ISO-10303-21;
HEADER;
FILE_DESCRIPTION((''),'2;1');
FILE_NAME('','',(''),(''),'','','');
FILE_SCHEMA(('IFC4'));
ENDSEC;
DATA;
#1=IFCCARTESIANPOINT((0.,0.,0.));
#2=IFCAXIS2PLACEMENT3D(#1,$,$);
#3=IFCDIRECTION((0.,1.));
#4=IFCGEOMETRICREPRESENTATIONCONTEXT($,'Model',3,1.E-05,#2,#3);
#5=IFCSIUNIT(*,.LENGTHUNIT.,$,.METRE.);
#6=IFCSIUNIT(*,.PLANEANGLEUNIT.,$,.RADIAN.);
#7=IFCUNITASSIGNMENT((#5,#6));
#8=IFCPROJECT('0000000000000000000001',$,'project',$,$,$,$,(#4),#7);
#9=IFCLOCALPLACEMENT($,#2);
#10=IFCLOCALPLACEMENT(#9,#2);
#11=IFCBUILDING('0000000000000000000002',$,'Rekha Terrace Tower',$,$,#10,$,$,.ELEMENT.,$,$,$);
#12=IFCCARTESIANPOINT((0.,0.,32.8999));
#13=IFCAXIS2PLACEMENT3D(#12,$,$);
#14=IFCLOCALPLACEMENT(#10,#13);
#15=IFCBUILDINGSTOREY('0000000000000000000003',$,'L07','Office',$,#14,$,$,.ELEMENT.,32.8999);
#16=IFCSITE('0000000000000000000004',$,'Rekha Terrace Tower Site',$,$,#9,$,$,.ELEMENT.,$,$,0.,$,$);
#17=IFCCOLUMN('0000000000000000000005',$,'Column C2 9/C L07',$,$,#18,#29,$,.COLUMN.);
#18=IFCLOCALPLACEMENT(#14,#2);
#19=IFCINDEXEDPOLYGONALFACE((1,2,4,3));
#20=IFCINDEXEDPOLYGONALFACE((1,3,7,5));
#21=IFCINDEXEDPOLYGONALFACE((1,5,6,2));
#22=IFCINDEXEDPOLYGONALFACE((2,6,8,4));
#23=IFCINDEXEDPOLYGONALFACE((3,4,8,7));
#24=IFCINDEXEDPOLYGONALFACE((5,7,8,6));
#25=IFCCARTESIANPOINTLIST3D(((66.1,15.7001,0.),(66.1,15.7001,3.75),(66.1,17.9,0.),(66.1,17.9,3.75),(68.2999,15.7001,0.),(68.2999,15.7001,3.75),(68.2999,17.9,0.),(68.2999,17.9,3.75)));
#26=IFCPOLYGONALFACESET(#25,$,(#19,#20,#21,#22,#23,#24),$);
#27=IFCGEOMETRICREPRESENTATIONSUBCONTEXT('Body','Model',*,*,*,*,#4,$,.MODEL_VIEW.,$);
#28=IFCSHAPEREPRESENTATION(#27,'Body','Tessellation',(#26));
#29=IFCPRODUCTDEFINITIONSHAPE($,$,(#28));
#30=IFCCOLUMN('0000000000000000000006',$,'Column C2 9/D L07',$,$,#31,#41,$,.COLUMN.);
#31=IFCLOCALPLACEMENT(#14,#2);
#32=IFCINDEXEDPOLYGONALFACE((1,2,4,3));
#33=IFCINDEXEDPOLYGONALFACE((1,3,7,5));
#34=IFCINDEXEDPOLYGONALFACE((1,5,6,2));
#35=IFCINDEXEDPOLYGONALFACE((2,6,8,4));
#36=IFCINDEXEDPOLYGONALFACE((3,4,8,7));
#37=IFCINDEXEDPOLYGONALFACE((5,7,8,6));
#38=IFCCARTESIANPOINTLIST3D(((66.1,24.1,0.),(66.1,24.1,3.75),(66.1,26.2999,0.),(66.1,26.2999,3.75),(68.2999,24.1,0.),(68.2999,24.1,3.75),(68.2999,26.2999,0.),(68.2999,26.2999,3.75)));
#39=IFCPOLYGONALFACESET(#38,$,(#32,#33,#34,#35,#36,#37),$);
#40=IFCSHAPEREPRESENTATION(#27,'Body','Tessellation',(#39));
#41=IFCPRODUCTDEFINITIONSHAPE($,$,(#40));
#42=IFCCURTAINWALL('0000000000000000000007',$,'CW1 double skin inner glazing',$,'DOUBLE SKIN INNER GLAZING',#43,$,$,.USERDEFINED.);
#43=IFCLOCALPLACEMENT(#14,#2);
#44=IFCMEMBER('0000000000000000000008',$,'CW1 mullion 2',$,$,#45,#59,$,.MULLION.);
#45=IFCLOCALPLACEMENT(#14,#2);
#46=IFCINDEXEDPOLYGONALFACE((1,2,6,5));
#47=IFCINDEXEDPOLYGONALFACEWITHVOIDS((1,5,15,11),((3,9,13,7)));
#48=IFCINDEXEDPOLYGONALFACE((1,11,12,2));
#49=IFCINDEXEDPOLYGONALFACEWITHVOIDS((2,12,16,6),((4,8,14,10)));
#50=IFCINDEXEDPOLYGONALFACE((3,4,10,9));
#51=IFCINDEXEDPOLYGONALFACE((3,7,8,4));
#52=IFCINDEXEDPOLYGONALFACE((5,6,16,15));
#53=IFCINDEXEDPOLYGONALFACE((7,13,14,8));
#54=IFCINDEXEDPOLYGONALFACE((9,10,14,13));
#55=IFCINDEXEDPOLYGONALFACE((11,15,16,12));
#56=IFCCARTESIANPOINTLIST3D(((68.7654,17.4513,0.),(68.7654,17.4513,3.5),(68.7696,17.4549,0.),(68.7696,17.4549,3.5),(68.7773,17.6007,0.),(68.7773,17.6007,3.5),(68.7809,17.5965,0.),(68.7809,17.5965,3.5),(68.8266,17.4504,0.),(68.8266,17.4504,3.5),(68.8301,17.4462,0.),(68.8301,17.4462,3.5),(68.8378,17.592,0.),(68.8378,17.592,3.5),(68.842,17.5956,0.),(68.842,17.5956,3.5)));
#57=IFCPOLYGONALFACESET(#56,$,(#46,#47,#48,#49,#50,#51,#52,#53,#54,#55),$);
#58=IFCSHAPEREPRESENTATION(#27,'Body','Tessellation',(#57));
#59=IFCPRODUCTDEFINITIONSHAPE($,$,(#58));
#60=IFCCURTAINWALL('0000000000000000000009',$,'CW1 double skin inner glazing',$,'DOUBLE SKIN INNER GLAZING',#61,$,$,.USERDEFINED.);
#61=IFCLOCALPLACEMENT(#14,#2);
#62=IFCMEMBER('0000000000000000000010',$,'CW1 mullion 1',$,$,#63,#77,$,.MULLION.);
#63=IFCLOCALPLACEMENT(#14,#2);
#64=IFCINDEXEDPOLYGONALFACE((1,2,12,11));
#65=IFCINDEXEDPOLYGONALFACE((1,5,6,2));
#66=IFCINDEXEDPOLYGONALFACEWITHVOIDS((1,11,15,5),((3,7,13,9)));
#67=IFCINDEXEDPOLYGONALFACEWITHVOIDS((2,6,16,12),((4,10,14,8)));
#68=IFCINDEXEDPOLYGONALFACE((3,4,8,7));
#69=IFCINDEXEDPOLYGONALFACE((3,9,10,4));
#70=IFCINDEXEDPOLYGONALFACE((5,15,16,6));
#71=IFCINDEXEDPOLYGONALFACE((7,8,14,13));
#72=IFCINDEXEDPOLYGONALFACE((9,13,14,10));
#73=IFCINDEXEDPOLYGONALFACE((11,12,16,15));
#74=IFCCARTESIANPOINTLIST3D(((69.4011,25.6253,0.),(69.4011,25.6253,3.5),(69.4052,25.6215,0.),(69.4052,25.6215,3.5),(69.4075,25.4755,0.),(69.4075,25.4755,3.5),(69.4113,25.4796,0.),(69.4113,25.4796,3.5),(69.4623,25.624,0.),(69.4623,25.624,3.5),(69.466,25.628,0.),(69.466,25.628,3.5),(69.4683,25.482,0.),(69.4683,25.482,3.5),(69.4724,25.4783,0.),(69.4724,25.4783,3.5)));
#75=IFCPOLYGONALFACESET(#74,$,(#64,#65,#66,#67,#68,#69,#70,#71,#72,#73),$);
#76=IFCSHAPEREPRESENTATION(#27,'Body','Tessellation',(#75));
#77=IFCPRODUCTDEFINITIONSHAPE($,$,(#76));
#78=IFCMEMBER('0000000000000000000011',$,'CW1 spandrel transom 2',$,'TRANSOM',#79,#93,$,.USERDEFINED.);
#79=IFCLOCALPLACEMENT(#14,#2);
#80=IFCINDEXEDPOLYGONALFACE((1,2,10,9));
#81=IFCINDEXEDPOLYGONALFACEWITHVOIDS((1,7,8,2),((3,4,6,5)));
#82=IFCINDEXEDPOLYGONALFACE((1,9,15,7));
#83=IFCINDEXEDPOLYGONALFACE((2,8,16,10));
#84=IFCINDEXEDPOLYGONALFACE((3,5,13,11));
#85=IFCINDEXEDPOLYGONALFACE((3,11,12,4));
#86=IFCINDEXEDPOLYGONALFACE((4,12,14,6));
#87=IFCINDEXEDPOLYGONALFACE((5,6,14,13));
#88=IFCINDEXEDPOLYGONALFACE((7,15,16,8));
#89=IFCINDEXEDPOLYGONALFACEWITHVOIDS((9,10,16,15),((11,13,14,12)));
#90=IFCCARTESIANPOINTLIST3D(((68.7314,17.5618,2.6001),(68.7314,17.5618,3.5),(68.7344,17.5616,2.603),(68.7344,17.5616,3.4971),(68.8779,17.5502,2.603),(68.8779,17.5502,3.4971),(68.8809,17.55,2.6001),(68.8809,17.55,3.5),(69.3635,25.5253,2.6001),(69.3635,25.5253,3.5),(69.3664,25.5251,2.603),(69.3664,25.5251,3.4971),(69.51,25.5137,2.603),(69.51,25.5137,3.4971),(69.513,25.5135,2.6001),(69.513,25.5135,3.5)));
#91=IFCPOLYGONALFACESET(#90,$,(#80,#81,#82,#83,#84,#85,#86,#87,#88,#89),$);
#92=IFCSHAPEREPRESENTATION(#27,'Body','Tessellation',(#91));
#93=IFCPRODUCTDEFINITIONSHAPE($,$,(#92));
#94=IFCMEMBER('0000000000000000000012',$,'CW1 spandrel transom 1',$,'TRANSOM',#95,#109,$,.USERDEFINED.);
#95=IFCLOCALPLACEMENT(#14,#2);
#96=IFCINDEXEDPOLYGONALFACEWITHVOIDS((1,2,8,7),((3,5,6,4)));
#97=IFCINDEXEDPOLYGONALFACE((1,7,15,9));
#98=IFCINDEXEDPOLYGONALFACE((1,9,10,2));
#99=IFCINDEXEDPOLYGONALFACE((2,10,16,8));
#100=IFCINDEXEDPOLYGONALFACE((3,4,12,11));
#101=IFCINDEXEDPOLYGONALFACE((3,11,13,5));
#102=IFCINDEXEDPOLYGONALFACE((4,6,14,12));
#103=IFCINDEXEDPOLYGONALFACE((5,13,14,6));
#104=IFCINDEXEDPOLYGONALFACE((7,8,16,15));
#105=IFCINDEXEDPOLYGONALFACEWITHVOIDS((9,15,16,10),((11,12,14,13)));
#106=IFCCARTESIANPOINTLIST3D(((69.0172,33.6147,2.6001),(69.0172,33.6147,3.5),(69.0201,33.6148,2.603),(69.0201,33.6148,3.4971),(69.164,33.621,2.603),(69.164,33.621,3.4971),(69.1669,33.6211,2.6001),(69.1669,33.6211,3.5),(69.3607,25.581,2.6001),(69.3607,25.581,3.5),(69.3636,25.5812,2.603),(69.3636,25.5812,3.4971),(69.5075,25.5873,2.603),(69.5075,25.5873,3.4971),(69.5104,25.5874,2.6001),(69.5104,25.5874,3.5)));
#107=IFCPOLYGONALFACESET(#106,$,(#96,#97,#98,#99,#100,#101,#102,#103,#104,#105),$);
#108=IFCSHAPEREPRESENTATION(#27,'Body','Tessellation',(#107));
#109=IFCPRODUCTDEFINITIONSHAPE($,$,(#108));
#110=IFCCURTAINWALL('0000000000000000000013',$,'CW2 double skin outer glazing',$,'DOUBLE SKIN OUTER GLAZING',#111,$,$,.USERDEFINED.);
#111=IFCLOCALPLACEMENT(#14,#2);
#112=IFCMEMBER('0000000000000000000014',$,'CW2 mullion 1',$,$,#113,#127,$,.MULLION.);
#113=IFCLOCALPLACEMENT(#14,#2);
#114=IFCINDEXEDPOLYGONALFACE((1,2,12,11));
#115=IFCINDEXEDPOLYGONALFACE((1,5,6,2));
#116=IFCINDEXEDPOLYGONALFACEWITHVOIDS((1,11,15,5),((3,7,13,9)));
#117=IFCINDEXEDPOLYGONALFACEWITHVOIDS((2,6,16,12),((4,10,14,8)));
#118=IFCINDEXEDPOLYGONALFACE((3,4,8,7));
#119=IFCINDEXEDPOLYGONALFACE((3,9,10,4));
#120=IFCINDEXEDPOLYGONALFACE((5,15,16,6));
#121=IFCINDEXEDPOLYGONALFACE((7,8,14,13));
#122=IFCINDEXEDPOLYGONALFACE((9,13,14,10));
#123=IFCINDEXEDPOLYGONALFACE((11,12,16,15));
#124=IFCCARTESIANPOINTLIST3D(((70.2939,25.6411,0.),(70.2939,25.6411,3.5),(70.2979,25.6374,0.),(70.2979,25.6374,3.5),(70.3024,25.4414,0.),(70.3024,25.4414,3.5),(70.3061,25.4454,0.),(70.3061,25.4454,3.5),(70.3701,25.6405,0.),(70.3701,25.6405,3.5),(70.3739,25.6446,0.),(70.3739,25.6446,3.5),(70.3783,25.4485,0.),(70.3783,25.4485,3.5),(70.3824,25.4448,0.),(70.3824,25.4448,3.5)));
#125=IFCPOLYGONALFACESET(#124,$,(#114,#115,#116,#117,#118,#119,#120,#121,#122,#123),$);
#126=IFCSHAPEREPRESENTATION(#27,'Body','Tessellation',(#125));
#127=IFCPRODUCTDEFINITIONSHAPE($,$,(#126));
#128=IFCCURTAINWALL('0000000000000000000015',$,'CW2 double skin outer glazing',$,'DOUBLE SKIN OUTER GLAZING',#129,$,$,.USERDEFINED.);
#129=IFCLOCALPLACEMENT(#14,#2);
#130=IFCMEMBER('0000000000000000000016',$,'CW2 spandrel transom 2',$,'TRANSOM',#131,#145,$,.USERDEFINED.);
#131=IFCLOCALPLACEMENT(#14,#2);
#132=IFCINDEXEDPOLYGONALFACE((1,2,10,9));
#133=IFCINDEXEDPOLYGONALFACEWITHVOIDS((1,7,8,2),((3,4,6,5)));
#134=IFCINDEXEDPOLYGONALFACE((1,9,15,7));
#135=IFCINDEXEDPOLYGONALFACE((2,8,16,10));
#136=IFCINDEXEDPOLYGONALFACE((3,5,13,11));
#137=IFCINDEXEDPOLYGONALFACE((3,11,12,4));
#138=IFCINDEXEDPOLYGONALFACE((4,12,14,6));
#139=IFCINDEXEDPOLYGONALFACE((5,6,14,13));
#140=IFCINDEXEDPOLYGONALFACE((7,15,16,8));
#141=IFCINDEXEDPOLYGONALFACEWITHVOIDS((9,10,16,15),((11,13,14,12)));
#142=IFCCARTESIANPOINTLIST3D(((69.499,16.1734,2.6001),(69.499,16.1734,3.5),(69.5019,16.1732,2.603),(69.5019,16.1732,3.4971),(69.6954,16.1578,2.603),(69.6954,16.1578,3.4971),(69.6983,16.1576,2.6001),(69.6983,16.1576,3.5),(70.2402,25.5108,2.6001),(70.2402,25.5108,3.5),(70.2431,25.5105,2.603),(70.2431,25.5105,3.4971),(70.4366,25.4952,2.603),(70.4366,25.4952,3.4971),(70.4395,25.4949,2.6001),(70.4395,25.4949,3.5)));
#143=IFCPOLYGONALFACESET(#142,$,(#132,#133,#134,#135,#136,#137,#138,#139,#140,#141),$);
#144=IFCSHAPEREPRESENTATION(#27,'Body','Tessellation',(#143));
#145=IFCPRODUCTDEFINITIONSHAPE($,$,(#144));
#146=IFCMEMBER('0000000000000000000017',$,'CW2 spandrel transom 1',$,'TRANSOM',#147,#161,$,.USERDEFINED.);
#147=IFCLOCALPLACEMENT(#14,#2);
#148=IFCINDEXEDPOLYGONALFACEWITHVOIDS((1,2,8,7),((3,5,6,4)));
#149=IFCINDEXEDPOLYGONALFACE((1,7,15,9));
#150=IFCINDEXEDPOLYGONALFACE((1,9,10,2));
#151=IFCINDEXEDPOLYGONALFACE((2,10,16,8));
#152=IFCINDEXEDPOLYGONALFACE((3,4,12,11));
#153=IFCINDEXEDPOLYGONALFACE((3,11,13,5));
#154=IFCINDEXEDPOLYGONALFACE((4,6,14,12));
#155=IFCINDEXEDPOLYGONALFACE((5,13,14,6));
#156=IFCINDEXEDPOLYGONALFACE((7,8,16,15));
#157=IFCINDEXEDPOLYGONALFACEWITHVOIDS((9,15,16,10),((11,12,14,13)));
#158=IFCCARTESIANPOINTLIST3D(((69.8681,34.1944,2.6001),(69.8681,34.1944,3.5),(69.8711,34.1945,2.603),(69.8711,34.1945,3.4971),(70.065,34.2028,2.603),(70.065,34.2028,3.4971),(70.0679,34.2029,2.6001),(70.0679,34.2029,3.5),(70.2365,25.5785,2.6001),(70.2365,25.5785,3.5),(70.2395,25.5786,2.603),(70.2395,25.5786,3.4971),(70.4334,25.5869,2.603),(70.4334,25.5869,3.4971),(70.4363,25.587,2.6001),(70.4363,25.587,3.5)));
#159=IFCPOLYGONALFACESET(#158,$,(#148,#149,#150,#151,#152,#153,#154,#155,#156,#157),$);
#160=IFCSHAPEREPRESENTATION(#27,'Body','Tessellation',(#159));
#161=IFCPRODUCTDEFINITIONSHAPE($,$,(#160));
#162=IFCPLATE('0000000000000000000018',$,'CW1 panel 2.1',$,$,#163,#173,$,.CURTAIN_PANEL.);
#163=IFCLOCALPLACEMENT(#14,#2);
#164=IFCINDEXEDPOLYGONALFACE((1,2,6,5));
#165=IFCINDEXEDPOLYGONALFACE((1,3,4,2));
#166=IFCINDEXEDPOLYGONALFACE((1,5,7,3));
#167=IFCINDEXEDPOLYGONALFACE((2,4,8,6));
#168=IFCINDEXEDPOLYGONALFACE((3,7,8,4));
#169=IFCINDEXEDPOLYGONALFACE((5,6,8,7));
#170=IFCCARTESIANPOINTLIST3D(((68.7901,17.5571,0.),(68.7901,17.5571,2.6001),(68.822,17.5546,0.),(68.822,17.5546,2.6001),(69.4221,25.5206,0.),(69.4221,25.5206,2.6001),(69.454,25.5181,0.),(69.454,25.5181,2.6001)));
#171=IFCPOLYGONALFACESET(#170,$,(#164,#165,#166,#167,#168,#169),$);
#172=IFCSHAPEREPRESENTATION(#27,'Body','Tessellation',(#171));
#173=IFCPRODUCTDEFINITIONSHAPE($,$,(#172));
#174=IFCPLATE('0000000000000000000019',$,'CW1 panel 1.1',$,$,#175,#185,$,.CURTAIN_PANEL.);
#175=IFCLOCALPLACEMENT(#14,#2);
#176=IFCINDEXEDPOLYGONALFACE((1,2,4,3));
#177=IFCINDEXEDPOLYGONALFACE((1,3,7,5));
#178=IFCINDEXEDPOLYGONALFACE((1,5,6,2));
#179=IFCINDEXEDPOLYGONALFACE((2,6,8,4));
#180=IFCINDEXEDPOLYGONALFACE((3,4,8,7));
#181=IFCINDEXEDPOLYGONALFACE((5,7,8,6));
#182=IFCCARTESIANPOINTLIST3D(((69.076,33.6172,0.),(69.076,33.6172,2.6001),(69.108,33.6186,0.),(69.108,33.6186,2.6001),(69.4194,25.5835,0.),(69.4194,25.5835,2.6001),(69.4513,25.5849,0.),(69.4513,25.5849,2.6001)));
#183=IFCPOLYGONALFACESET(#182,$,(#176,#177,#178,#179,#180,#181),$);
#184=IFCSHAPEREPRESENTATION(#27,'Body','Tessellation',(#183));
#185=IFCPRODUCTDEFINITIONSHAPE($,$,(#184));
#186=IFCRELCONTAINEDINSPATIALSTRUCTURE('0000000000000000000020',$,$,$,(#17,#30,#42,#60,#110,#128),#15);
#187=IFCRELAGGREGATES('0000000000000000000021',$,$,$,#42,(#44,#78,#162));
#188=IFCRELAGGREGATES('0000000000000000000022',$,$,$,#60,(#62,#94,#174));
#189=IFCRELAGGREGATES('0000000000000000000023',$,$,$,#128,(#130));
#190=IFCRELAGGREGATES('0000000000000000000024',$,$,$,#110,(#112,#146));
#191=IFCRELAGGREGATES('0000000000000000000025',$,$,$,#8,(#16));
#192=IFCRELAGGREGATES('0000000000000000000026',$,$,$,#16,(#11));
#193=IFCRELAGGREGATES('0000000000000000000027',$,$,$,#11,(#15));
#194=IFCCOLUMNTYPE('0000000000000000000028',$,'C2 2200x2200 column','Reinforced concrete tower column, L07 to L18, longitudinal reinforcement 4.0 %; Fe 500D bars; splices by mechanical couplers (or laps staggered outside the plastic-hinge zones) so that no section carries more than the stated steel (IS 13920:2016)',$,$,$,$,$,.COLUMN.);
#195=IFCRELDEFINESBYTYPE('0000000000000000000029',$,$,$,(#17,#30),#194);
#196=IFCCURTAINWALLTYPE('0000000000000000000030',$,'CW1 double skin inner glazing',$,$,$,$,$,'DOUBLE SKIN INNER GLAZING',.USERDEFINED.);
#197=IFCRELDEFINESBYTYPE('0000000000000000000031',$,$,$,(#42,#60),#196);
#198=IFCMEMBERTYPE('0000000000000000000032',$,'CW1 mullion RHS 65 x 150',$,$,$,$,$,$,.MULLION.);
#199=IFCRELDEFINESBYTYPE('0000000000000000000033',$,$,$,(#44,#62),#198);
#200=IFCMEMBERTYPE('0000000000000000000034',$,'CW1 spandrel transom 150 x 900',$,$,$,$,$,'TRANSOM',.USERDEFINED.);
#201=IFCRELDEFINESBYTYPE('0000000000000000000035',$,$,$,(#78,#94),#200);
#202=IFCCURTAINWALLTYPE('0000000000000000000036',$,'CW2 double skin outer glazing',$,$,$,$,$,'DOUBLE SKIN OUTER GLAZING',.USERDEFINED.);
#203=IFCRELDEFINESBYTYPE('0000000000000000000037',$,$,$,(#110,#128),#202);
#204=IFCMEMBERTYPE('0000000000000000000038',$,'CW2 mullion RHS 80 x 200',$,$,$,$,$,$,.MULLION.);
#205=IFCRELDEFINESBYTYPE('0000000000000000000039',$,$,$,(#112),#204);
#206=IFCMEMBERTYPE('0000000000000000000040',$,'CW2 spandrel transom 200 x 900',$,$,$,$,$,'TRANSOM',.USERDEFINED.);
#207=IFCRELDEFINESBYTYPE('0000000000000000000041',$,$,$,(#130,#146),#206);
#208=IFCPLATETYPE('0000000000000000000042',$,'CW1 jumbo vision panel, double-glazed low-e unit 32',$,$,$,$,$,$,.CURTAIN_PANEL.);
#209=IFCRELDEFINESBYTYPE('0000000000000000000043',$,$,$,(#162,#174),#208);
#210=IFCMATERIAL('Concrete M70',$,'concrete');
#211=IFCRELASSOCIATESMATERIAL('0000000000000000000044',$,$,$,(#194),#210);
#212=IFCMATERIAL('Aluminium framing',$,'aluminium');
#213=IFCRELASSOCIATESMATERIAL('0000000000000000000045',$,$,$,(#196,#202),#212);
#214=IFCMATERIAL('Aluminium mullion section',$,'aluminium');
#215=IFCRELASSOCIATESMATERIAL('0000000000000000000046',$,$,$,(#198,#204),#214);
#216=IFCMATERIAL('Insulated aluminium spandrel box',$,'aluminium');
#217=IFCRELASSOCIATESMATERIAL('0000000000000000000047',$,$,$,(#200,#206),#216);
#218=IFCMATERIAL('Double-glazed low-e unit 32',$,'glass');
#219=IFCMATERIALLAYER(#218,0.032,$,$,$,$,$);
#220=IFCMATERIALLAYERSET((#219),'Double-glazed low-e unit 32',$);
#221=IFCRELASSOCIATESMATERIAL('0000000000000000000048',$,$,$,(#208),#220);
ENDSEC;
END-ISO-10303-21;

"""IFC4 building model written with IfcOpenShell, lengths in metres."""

from ifc_helpers import new_model, si_unit, direction, frame, origin, origin_2d, place, context, subcontext, project, spatial, rectangle, hollow_rectangle, extrude, material, layer, layer_set, material_profile, profile_set, type_object, element, aggregate, save


model = new_model("IFC4")

# Units and contexts
model_context = context("Model", 3, precision=1e-05, world=origin(), true_north=direction((0.0, 1.0)))
body_context = subcontext(model_context, "Body", "Model", "MODEL_VIEW")
ifc_project = project(units=[si_unit("LENGTHUNIT", "METRE"), si_unit("PLANEANGLEUNIT", "RADIAN")], contexts=[model_context])

# Site, building, storey
site_placement = place(None, origin())
site = spatial("IfcSite", under=ifc_project, at=site_placement, Name="Rekha Terrace Tower Site", CompositionType="ELEMENT", RefElevation=0.0)
building_placement = place(site_placement, origin())
building = spatial("IfcBuilding", under=site, at=building_placement, Name="Rekha Terrace Tower", CompositionType="ELEMENT")
storey_placement = place(building_placement, frame((0.0, 0.0, 32.8999)))
storey = spatial("IfcBuildingStorey", under=building, at=storey_placement, Name="L07", Description="Office", CompositionType="ELEMENT", Elevation=32.8999)

# Columns
ifc_material_1 = material(Name="Concrete M70", Category="concrete")
ifc_material_profile_1 = material_profile(ifc_material_1, rectangle(XDim=2.2, YDim=2.2, at=origin_2d()), Name="RC 2200x2200")
ifc_profile_set_1 = profile_set([ifc_material_profile_1], Name="Concrete M70")
column_type = type_object("IfcColumnType", Name="C2 2200x2200 column", Description="Reinforced concrete tower column, L07 to L18, longitudinal reinforcement 4.0 %; Fe 500D bars; splices by mechanical couplers (or laps staggered outside the plastic-hinge zones) so that no section carries more than the stated steel (IS 13920:2016)", PredefinedType="COLUMN", material=ifc_profile_set_1)
for number, where, z_axis, x_axis, name in (
    (1, (67.2, 16.8, 0.0), (0.0, 0.0, 1.0), (1.0, 0.0, 0.0), "Column C2 9/C L07"),
    (2, (67.2, 25.2, 0.0), (0.0, 0.0, 1.0), (1.0, 0.0, 0.0), "Column C2 9/D L07"),
):
    element("IfcColumn", number, at=place(storey_placement, frame(where, z_axis=z_axis, x_axis=x_axis)), inside=storey, type_object=column_type, Name=name, PredefinedType="COLUMN", context=body_context, shape_type="SweptSolid", body=[
        extrude(rectangle(XDim=2.2, YDim=2.2, at=origin_2d()), origin(), (0.0, 0.0, 1.0), 3.75),
    ])

# Curtain walls, members
ifc_material_2 = material(Name="Aluminium framing", Category="aluminium")
curtain_wall_type_1 = type_object("IfcCurtainWallType", Name="CW1 double skin inner glazing", ElementType="DOUBLE SKIN INNER GLAZING", PredefinedType="USERDEFINED", material=ifc_material_2)
curtain_wall_1_placement = place(storey_placement, origin())
curtain_wall_1 = element("IfcCurtainWall", 3, at=curtain_wall_1_placement, inside=storey, type_object=curtain_wall_type_1, Name="CW1 double skin inner glazing", ObjectType="DOUBLE SKIN INNER GLAZING", PredefinedType="USERDEFINED")
ifc_material_3 = material(Name="Aluminium mullion section", Category="aluminium")
ifc_material_profile_2 = material_profile(ifc_material_3, hollow_rectangle(XDim=0.0649, YDim=0.1499, WallThickness=0.0039, at=origin_2d()), Name="AL RHS 65x150")
ifc_profile_set_2 = profile_set([ifc_material_profile_2], Name="Aluminium mullion section")
member_type_1 = type_object("IfcMemberType", Name="CW1 mullion RHS 65 x 150", PredefinedType="MULLION", material=ifc_profile_set_2)
member_1_placement = place(storey_placement, frame((68.8037, 17.5234, 0.0), z_axis=(0.0, 0.0, 1.0), x_axis=(-0.996865, 0.079116, 0.0)))
member_1 = element("IfcMember", 4, at=member_1_placement, type_object=member_type_1, Name="CW1 mullion 2", PredefinedType="MULLION", context=body_context, shape_type="SweptSolid", body=[
    extrude(hollow_rectangle(XDim=0.0649, YDim=0.1499, WallThickness=0.0039, at=origin_2d()), origin(), (0.0, 0.0, 1.0), 3.5),
])
curtain_wall_2_placement = place(storey_placement, origin())
curtain_wall_2 = element("IfcCurtainWall", 5, at=curtain_wall_2_placement, inside=storey, type_object=curtain_wall_type_1, Name="CW1 double skin inner glazing", ObjectType="DOUBLE SKIN INNER GLAZING", PredefinedType="USERDEFINED")
member_2_placement = place(storey_placement, frame((69.4368, 25.5518, 0.0), z_axis=(0.0, 0.0, 1.0), x_axis=(-0.999088, -0.042696, 0.0)))
member_2 = element("IfcMember", 6, at=member_2_placement, type_object=member_type_1, Name="CW1 mullion 1", PredefinedType="MULLION", context=body_context, shape_type="SweptSolid", body=[
    extrude(hollow_rectangle(XDim=0.0649, YDim=0.1499, WallThickness=0.0039, at=origin_2d()), origin(), (0.0, 0.0, 1.0), 3.5),
])

# Members
ifc_material_4 = material(Name="Insulated aluminium spandrel box", Category="aluminium")
ifc_material_profile_3 = material_profile(ifc_material_4, hollow_rectangle(XDim=0.1499, YDim=0.8999, WallThickness=0.0029, at=origin_2d()), Name="AL SPANDREL BOX 150x900")
ifc_profile_set_3 = profile_set([ifc_material_profile_3], Name="Insulated aluminium spandrel box")
member_type_2 = type_object("IfcMemberType", Name="CW1 spandrel transom 150 x 900", ElementType="TRANSOM", PredefinedType="USERDEFINED", material=ifc_profile_set_3)
member_3_placement = place(storey_placement, frame((68.8062, 17.5559, 3.05), z_axis=(0.079124, 0.996865, 0.0), x_axis=(-0.996865, 0.079124, 0.0)))
member_3 = element("IfcMember", 7, at=member_3_placement, type_object=member_type_2, Name="CW1 spandrel transom 2", ObjectType="TRANSOM", PredefinedType="USERDEFINED", context=body_context, shape_type="SweptSolid", body=[
    extrude(hollow_rectangle(XDim=0.1499, YDim=0.8999, WallThickness=0.0029, at=origin_2d()), origin(), (0.0, 0.0, 1.0), 7.9885),
])
member_4_placement = place(storey_placement, frame((69.4355, 25.5842, 3.05), z_axis=(-0.042719, 0.999087, 0.0), x_axis=(-0.999087, -0.042719, 0.0)))
member_4 = element("IfcMember", 8, at=member_4_placement, type_object=member_type_2, Name="CW1 spandrel transom 1", ObjectType="TRANSOM", PredefinedType="USERDEFINED", context=body_context, shape_type="SweptSolid", body=[
    extrude(hollow_rectangle(XDim=0.1499, YDim=0.8999, WallThickness=0.0029, at=origin_2d()), origin(), (0.0, 0.0, 1.0), 8.041),
])

# Curtain walls, members
curtain_wall_type_2 = type_object("IfcCurtainWallType", Name="CW2 double skin outer glazing", ElementType="DOUBLE SKIN OUTER GLAZING", PredefinedType="USERDEFINED", material=ifc_material_2)
curtain_wall_3_placement = place(storey_placement, origin())
curtain_wall_3 = element("IfcCurtainWall", 9, at=curtain_wall_3_placement, inside=storey, type_object=curtain_wall_type_2, Name="CW2 double skin outer glazing", ObjectType="DOUBLE SKIN OUTER GLAZING", PredefinedType="USERDEFINED")
ifc_material_profile_4 = material_profile(ifc_material_3, hollow_rectangle(XDim=0.0801, YDim=0.2, WallThickness=0.0039, at=origin_2d()), Name="AL RHS 80x200")
ifc_profile_set_4 = profile_set([ifc_material_profile_4], Name="Aluminium mullion section")
member_type_3 = type_object("IfcMemberType", Name="CW2 mullion RHS 80 x 200", PredefinedType="MULLION", material=ifc_profile_set_4)
member_5_placement = place(storey_placement, frame((70.3381, 25.543, 0.0), z_axis=(0.0, 0.0, 1.0), x_axis=(-0.999088, -0.042696, 0.0)))
member_5 = element("IfcMember", 10, at=member_5_placement, type_object=member_type_3, Name="CW2 mullion 1", PredefinedType="MULLION", context=body_context, shape_type="SweptSolid", body=[
    extrude(hollow_rectangle(XDim=0.0801, YDim=0.2, WallThickness=0.0039, at=origin_2d()), origin(), (0.0, 0.0, 1.0), 3.5),
])
curtain_wall_4_placement = place(storey_placement, origin())
curtain_wall_4 = element("IfcCurtainWall", 11, at=curtain_wall_4_placement, inside=storey, type_object=curtain_wall_type_2, Name="CW2 double skin outer glazing", ObjectType="DOUBLE SKIN OUTER GLAZING", PredefinedType="USERDEFINED")
ifc_material_profile_5 = material_profile(ifc_material_4, hollow_rectangle(XDim=0.2, YDim=0.8999, WallThickness=0.0029, at=origin_2d()), Name="AL SPANDREL BOX 200x900")
ifc_profile_set_5 = profile_set([ifc_material_profile_5], Name="Insulated aluminium spandrel box")
member_type_4 = type_object("IfcMemberType", Name="CW2 spandrel transom 200 x 900", ElementType="TRANSOM", PredefinedType="USERDEFINED", material=ifc_profile_set_5)
member_6_placement = place(storey_placement, frame((69.5986, 16.1655, 3.05), z_axis=(0.079132, 0.996864, 0.0), x_axis=(-0.996864, 0.079132, 0.0)))
member_6 = element("IfcMember", 12, at=member_6_placement, type_object=member_type_4, Name="CW2 spandrel transom 2", ObjectType="TRANSOM", PredefinedType="USERDEFINED", context=body_context, shape_type="SweptSolid", body=[
    extrude(hollow_rectangle(XDim=0.2, YDim=0.8999, WallThickness=0.0029, at=origin_2d()), origin(), (0.0, 0.0, 1.0), 9.3667),
])

# Member
member_7_placement = place(storey_placement, frame((70.3364, 25.5828, 3.05), z_axis=(-0.04272, 0.999087, 0.0), x_axis=(-0.999087, -0.04272, 0.0)))
member_7 = element("IfcMember", 13, at=member_7_placement, type_object=member_type_4, Name="CW2 spandrel transom 1", ObjectType="TRANSOM", PredefinedType="USERDEFINED", context=body_context, shape_type="SweptSolid", body=[
    extrude(hollow_rectangle(XDim=0.2, YDim=0.8999, WallThickness=0.0029, at=origin_2d()), origin(), (0.0, 0.0, 1.0), 8.6238),
])

# Plates
ifc_material_5 = material(Name="Double-glazed low-e unit 32", Category="glass")
ifc_layer_1 = layer(ifc_material_5, 0.032)
ifc_layer_set_1 = layer_set([ifc_layer_1], Name="Double-glazed low-e unit 32")
plate_type_1 = type_object("IfcPlateType", Name="CW1 jumbo vision panel, double-glazed low-e unit 32", PredefinedType="CURTAIN_PANEL", material=ifc_layer_set_1)
plate_1_placement = place(storey_placement, frame((69.1221, 21.5376, 0.0), z_axis=(0.0, 0.0, 1.0), x_axis=(0.079116, 0.996865, 0.0)))
plate_1 = element("IfcPlate", 14, at=plate_1_placement, type_object=plate_type_1, Name="CW1 panel 2.1", PredefinedType="CURTAIN_PANEL", context=body_context, shape_type="SweptSolid", body=[
    extrude(rectangle(XDim=7.9885, YDim=0.032, at=origin_2d()), origin(), (0.0, 0.0, 1.0), 2.6001),
])
aggregate(curtain_wall_1, [member_1, member_3, plate_1])
plate_2_placement = place(storey_placement, frame((69.2637, 29.6011, 0.0), z_axis=(0.0, 0.0, 1.0), x_axis=(-0.042696, 0.999088, 0.0)))
plate_2 = element("IfcPlate", 15, at=plate_2_placement, type_object=plate_type_1, Name="CW1 panel 1.1", PredefinedType="CURTAIN_PANEL", context=body_context, shape_type="SweptSolid", body=[
    extrude(rectangle(XDim=8.041, YDim=0.032, at=origin_2d()), origin(), (0.0, 0.0, 1.0), 2.6001),
])
aggregate(curtain_wall_2, [member_2, member_4, plate_2])
aggregate(curtain_wall_4, [member_6])
aggregate(curtain_wall_3, [member_5, member_7])

save(model, "model.ifc")
